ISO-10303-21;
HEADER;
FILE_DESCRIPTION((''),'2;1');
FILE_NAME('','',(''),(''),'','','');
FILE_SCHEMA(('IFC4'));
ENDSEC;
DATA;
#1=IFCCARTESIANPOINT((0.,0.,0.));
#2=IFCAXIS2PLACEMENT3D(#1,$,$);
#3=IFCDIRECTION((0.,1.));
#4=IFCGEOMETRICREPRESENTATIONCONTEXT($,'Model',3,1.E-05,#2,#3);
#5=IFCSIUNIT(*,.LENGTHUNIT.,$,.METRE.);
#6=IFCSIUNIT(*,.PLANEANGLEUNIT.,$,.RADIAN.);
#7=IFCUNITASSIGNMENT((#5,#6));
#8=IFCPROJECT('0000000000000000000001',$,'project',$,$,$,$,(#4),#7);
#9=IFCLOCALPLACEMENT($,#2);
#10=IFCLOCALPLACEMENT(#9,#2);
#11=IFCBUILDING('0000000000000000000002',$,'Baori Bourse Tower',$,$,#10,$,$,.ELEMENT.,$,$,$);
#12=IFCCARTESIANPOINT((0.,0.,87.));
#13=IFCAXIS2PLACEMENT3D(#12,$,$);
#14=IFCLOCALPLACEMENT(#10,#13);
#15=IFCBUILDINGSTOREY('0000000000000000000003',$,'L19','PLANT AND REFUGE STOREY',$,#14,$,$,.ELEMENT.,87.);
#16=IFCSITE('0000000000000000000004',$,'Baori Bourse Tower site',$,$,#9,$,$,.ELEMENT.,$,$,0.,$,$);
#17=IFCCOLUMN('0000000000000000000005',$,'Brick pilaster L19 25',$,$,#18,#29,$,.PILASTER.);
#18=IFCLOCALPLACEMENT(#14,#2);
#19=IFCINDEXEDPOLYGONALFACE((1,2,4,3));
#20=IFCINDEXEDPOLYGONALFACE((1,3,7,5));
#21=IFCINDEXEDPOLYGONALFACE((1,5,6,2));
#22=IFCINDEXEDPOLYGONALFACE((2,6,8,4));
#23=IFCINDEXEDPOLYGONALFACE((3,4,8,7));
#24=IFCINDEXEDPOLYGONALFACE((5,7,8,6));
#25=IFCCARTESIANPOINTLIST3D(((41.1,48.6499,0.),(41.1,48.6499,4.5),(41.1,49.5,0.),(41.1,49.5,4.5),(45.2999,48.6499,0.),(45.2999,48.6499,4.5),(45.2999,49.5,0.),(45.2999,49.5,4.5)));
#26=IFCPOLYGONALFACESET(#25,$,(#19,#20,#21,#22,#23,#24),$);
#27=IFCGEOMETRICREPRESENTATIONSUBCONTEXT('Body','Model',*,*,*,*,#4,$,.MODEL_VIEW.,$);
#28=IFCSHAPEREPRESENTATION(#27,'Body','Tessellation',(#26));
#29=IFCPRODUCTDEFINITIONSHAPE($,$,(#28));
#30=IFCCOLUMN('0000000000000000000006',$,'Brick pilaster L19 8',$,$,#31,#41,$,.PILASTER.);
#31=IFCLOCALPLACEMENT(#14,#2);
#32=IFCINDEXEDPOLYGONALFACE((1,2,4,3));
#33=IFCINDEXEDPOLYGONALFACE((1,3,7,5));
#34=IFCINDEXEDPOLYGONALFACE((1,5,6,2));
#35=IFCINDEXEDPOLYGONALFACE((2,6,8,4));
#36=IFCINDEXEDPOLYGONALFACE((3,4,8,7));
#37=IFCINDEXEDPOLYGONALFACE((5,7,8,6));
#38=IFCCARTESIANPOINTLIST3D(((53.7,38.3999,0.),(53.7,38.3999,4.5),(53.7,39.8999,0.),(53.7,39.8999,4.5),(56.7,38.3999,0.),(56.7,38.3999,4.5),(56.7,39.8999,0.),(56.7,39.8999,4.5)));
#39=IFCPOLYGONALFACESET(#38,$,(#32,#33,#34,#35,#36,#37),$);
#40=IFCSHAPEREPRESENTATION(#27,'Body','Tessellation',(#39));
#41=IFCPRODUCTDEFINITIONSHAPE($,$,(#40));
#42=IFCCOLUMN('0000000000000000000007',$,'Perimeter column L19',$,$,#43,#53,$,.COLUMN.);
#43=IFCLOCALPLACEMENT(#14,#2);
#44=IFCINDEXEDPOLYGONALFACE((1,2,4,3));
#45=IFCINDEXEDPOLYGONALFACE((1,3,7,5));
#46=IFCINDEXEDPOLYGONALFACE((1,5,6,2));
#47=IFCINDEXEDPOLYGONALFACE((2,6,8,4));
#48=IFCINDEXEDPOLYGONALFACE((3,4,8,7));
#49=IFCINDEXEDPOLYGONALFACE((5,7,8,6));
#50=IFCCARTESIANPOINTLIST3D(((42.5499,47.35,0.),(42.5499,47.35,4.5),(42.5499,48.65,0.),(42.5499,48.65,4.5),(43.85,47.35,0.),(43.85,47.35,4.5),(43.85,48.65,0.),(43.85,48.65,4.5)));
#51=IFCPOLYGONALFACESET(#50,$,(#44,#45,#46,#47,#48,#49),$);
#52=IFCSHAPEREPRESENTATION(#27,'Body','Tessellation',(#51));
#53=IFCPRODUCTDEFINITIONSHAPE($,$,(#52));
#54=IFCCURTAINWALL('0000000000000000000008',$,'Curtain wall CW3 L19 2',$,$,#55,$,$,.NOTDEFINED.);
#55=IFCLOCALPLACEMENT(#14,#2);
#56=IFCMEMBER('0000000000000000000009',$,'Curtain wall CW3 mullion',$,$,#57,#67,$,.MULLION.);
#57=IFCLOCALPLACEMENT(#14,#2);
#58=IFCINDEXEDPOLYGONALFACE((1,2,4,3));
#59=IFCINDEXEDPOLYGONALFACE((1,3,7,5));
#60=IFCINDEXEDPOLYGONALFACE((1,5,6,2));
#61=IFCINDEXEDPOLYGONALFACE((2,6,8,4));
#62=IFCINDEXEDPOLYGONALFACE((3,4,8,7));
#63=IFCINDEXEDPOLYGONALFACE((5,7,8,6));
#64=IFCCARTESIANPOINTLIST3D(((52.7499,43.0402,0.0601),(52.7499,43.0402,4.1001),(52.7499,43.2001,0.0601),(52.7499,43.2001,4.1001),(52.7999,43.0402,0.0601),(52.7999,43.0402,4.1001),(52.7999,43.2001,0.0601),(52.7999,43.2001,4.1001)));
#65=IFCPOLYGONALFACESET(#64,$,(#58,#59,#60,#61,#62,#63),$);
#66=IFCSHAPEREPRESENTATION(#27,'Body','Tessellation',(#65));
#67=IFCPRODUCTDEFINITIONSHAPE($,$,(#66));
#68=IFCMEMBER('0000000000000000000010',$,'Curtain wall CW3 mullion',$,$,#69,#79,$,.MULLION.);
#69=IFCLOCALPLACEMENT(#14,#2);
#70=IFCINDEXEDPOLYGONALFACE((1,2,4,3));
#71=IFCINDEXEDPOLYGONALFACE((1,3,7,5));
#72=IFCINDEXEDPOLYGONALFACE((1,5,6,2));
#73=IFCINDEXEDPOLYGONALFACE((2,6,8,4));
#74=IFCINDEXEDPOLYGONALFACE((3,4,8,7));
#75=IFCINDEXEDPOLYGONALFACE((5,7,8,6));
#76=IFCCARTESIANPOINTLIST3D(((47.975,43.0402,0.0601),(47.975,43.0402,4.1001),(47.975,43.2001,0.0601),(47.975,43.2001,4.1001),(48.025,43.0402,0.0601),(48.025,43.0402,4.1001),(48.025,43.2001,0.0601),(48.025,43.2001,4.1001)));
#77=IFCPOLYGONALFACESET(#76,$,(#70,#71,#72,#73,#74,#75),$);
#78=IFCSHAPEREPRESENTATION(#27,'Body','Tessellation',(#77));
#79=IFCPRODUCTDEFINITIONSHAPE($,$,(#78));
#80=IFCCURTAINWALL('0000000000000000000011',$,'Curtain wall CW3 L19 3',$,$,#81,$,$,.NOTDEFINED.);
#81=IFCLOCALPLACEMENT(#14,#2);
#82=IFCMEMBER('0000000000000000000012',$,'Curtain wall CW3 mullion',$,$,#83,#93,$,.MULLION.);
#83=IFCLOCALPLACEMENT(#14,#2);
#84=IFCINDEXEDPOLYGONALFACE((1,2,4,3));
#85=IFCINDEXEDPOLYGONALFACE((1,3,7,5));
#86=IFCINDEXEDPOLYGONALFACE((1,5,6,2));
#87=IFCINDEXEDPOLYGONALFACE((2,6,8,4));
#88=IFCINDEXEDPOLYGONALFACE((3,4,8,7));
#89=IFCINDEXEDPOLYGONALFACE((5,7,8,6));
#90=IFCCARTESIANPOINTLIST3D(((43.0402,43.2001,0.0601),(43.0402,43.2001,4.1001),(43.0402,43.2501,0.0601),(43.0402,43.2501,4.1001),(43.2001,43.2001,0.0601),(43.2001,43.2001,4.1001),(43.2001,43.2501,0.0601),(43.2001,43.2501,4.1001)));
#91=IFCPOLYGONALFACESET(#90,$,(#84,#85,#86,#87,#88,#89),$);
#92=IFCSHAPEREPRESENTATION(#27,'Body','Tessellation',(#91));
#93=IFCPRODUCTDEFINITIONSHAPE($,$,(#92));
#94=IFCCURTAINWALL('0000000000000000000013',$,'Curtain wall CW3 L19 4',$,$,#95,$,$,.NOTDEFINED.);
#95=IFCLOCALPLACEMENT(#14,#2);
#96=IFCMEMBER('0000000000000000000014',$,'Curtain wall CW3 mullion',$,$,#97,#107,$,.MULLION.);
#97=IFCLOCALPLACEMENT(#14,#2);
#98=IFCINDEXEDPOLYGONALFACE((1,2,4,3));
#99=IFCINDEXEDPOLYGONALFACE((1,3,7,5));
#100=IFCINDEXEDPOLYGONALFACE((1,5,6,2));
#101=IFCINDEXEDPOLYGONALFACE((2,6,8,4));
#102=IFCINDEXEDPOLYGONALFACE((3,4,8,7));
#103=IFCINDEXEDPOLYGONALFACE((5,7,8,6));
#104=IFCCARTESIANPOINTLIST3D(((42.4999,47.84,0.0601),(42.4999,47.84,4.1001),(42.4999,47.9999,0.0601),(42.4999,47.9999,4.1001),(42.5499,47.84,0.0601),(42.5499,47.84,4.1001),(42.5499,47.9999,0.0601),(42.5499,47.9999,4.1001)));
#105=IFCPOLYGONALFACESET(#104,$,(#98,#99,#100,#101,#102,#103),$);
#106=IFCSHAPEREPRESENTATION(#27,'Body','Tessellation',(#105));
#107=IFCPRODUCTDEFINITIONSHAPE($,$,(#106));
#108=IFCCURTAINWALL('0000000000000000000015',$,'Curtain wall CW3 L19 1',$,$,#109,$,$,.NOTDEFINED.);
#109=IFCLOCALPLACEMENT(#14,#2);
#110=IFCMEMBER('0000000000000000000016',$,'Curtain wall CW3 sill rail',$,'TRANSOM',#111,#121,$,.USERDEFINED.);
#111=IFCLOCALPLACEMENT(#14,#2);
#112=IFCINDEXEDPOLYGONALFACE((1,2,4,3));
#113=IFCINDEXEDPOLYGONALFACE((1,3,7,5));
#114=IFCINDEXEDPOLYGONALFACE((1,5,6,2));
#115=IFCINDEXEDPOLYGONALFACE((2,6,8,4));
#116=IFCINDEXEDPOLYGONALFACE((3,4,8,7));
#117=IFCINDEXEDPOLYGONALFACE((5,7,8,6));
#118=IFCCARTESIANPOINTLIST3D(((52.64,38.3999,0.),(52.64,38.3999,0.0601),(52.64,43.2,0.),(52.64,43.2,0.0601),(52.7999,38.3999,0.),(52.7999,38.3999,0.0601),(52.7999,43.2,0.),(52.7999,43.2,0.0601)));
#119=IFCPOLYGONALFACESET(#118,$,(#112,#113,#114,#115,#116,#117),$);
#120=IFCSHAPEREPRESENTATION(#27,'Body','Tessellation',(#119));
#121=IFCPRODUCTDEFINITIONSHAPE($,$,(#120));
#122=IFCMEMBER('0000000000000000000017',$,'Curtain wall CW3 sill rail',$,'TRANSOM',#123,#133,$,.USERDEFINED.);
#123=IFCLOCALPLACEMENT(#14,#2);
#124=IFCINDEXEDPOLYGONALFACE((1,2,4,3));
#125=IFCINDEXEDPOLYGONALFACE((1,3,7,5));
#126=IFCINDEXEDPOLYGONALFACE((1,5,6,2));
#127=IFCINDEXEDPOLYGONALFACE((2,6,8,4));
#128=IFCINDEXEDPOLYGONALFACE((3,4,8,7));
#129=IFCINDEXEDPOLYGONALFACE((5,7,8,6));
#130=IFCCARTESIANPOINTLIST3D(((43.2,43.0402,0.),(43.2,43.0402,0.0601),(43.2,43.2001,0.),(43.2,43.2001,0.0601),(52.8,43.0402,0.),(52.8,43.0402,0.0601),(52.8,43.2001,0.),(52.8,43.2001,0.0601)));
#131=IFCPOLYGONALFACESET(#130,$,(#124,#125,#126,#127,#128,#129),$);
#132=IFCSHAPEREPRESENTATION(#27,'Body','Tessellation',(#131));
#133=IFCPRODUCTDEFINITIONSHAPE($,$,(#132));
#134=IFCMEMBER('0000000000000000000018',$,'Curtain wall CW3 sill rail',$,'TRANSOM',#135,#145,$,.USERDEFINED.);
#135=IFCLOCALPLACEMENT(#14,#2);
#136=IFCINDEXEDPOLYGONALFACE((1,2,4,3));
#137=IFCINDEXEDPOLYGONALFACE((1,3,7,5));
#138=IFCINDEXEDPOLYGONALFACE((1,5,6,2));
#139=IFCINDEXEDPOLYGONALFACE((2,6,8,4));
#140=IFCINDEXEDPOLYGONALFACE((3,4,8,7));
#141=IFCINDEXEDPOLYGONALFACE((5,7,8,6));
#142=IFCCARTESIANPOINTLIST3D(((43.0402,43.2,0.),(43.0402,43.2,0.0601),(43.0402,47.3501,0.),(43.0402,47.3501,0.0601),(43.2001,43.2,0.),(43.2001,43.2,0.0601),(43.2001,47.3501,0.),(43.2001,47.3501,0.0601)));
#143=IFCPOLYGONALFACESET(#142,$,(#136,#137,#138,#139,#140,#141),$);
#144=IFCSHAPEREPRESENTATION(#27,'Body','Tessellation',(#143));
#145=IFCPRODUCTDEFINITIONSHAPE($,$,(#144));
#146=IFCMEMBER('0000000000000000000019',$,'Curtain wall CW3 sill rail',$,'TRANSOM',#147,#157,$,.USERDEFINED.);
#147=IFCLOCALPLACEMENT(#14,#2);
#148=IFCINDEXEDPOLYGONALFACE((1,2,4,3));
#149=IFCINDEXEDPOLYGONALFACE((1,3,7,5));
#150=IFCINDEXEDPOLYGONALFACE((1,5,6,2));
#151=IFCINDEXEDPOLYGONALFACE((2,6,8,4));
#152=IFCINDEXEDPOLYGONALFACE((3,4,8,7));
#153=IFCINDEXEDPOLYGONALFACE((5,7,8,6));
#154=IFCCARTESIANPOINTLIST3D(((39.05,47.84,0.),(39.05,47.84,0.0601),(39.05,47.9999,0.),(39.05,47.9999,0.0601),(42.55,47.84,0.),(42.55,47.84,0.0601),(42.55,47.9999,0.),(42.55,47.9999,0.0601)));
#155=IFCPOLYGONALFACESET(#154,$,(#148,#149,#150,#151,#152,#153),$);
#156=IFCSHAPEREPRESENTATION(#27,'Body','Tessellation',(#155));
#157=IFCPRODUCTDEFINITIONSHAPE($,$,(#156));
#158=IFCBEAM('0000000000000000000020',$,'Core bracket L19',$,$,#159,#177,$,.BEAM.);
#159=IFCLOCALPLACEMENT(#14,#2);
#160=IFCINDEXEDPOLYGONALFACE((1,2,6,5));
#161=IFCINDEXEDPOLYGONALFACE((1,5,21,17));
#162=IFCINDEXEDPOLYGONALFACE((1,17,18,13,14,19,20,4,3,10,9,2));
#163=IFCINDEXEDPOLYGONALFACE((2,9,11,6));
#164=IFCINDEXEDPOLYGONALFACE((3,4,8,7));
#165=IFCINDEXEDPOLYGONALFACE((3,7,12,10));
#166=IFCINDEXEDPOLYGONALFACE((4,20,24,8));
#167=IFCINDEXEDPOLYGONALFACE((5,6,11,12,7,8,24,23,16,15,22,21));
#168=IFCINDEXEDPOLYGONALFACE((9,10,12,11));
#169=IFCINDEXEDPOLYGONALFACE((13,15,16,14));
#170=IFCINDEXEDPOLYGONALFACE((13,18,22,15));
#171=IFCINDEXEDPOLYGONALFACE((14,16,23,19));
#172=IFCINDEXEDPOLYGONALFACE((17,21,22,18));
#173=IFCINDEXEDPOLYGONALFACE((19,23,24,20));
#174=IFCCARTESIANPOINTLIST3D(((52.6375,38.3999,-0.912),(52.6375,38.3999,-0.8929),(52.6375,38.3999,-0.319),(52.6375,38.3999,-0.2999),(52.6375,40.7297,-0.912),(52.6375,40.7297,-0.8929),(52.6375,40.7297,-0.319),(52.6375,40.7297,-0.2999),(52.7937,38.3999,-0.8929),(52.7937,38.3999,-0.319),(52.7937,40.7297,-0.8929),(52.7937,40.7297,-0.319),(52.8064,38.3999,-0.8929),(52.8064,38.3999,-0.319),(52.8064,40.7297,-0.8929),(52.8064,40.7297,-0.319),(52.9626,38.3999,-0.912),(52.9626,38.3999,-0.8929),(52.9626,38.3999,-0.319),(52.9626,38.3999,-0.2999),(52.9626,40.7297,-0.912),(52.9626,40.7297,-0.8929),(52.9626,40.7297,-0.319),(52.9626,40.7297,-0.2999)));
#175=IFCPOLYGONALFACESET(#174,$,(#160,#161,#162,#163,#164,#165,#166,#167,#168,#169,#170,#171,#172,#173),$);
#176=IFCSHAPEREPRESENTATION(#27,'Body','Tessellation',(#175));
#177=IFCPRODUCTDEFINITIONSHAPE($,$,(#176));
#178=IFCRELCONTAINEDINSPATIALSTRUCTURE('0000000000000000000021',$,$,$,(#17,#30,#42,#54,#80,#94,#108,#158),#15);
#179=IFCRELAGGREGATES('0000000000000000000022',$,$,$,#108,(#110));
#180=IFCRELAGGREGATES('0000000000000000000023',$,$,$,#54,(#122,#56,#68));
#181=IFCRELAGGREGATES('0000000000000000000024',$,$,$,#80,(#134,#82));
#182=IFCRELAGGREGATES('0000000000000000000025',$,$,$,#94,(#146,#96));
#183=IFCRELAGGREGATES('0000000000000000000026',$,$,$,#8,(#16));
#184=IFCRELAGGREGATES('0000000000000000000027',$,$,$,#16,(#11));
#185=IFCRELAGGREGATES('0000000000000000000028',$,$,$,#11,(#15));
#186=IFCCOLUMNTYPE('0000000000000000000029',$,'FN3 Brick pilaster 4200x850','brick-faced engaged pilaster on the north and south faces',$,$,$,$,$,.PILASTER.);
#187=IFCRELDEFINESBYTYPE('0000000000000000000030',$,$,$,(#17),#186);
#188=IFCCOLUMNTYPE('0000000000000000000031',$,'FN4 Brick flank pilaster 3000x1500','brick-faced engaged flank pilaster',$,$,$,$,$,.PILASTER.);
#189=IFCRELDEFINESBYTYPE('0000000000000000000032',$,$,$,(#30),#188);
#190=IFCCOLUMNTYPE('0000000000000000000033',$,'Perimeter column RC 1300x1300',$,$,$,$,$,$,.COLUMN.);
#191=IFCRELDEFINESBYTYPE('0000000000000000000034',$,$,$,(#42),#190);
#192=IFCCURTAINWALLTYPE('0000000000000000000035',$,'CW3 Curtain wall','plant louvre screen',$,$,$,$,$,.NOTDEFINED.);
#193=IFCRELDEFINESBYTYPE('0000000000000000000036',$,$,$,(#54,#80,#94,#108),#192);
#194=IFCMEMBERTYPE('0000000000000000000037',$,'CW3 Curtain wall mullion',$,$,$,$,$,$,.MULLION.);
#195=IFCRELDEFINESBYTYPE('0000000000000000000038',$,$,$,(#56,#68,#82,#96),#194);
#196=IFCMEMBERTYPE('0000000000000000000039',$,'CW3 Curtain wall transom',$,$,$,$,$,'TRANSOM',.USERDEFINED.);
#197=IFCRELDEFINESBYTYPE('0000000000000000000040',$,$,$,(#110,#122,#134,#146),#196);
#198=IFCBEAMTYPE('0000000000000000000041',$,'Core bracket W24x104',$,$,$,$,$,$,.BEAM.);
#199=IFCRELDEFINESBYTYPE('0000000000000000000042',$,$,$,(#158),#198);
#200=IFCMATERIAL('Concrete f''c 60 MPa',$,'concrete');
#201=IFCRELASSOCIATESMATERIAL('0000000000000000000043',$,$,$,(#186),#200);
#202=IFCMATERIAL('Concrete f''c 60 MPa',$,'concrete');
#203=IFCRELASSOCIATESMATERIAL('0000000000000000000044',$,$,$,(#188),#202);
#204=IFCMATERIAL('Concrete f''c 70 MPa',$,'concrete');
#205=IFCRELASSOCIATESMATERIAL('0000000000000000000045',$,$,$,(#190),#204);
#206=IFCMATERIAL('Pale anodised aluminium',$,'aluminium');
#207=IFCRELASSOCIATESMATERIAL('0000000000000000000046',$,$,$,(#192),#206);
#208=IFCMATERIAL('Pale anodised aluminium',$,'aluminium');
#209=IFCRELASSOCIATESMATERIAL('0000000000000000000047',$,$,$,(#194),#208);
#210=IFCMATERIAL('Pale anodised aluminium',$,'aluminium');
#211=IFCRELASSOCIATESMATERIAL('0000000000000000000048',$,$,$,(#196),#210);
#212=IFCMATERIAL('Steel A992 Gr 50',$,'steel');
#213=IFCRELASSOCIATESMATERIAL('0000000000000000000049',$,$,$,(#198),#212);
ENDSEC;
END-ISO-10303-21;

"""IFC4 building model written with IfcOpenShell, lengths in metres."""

from ifc_helpers import new_model, si_unit, direction, frame, origin, origin_2d, place, context, subcontext, project, spatial, rectangle, i_section, extrude, material, material_profile, profile_set, type_object, element, aggregate, save


model = new_model("IFC4")

# Units and contexts
model_context = context("Model", 3, precision=1e-05, world=origin(), true_north=direction((0.0, 1.0)))
body_context = subcontext(model_context, "Body", "Model", "MODEL_VIEW")
ifc_project = project(units=[si_unit("LENGTHUNIT", "METRE"), si_unit("PLANEANGLEUNIT", "RADIAN")], contexts=[model_context])

# Site, building, storey
site_placement = place(None, origin())
site = spatial("IfcSite", under=ifc_project, at=site_placement, Name="Baori Bourse Tower site", CompositionType="ELEMENT", RefElevation=0.0)
building_placement = place(site_placement, origin())
building = spatial("IfcBuilding", under=site, at=building_placement, Name="Baori Bourse Tower", CompositionType="ELEMENT")
storey_placement = place(building_placement, frame((0.0, 0.0, 87.0)))
storey = spatial("IfcBuildingStorey", under=building, at=storey_placement, Name="L19", Description="PLANT AND REFUGE STOREY", CompositionType="ELEMENT", Elevation=87.0)

# Columns
ifc_material_1 = material(Name="Concrete f'c 60 MPa", Category="concrete")
ifc_material_profile_1 = material_profile(ifc_material_1, rectangle(XDim=4.2, YDim=0.8501, at=origin_2d()), Name="RC 4200x850")
ifc_profile_set_1 = profile_set([ifc_material_profile_1], Name="Concrete f'c 60 MPa")
column_type_1 = type_object("IfcColumnType", Name="FN3 Brick pilaster 4200x850", Description="brick-faced engaged pilaster on the north and south faces", PredefinedType="PILASTER", material=ifc_profile_set_1)
column_1_placement = place(storey_placement, frame((43.2, 49.075, 0.0), z_axis=(0.0, 0.0, 1.0), x_axis=(1.0, 0.0, 0.0)))
element("IfcColumn", 1, at=column_1_placement, inside=storey, type_object=column_type_1, Name="Brick pilaster L19 25", PredefinedType="PILASTER", context=body_context, shape_type="SweptSolid", body=[
    extrude(rectangle(XDim=4.2, YDim=0.8501, at=origin_2d()), origin(), (0.0, 0.0, 1.0), 4.5),
])
ifc_material_2 = material(Name="Concrete f'c 60 MPa", Category="concrete")
ifc_material_profile_2 = material_profile(ifc_material_2, rectangle(XDim=3.0, YDim=1.5, at=origin_2d()), Name="RC 3000x1500")
ifc_profile_set_2 = profile_set([ifc_material_profile_2], Name="Concrete f'c 60 MPa")
column_type_2 = type_object("IfcColumnType", Name="FN4 Brick flank pilaster 3000x1500", Description="brick-faced engaged flank pilaster", PredefinedType="PILASTER", material=ifc_profile_set_2)
column_2_placement = place(storey_placement, frame((55.2, 39.1499, 0.0), z_axis=(0.0, 0.0, 1.0), x_axis=(1.0, 0.0, 0.0)))
element("IfcColumn", 2, at=column_2_placement, inside=storey, type_object=column_type_2, Name="Brick pilaster L19 8", PredefinedType="PILASTER", context=body_context, shape_type="SweptSolid", body=[
    extrude(rectangle(XDim=3.0, YDim=1.5, at=origin_2d()), origin(), (0.0, 0.0, 1.0), 4.5),
])
ifc_material_3 = material(Name="Concrete f'c 70 MPa", Category="concrete")
ifc_material_profile_3 = material_profile(ifc_material_3, rectangle(XDim=1.3, YDim=1.3, at=origin_2d()), Name="RC 1300x1300")
ifc_profile_set_3 = profile_set([ifc_material_profile_3], Name="Concrete f'c 70 MPa")
column_type_3 = type_object("IfcColumnType", Name="Perimeter column RC 1300x1300", PredefinedType="COLUMN", material=ifc_profile_set_3)
column_3_placement = place(storey_placement, frame((43.2, 48.0, 0.0), z_axis=(0.0, 0.0, 1.0), x_axis=(1.0, 0.0, 0.0)))
element("IfcColumn", 3, at=column_3_placement, inside=storey, type_object=column_type_3, Name="Perimeter column L19", PredefinedType="COLUMN", context=body_context, shape_type="SweptSolid", body=[
    extrude(rectangle(XDim=1.3, YDim=1.3, at=origin_2d()), origin(), (0.0, 0.0, 1.0), 4.5),
])

# Curtain wall, members
ifc_material_4 = material(Name="Pale anodised aluminium", Category="aluminium")
curtain_wall_type = type_object("IfcCurtainWallType", Name="CW3 Curtain wall", Description="plant louvre screen", PredefinedType="NOTDEFINED", material=ifc_material_4)
curtain_wall_1_placement = place(storey_placement, origin())
curtain_wall_1 = element("IfcCurtainWall", 4, at=curtain_wall_1_placement, inside=storey, type_object=curtain_wall_type, Name="Curtain wall CW3 L19 2", PredefinedType="NOTDEFINED")
ifc_material_5 = material(Name="Pale anodised aluminium", Category="aluminium")
ifc_material_profile_4 = material_profile(ifc_material_5, rectangle(XDim=0.1599, YDim=0.05, at=origin_2d()), Name="Mullion 50x160")
ifc_profile_set_4 = profile_set([ifc_material_profile_4], Name="Pale anodised aluminium")
member_type_1 = type_object("IfcMemberType", Name="CW3 Curtain wall mullion", PredefinedType="MULLION", material=ifc_profile_set_4)
member_1_placement = place(storey_placement, frame((52.7749, 43.1201, 0.0601), z_axis=(0.0, 0.0, 1.0), x_axis=(0.0, -1.0, 0.0)))
member_1 = element("IfcMember", 5, at=member_1_placement, type_object=member_type_1, Name="Curtain wall CW3 mullion", PredefinedType="MULLION", context=body_context, shape_type="SweptSolid", body=[
    extrude(rectangle(XDim=0.1599, YDim=0.05, at=origin_2d()), origin(), (0.0, 0.0, 1.0), 4.04),
])
member_2_placement = place(storey_placement, frame((48.0, 43.1201, 0.0601), z_axis=(0.0, 0.0, 1.0), x_axis=(0.0, -1.0, 0.0)))
member_2 = element("IfcMember", 6, at=member_2_placement, type_object=member_type_1, Name="Curtain wall CW3 mullion", PredefinedType="MULLION", context=body_context, shape_type="SweptSolid", body=[
    extrude(rectangle(XDim=0.1599, YDim=0.05, at=origin_2d()), origin(), (0.0, 0.0, 1.0), 4.04),
])

# Curtain walls, members
curtain_wall_2_placement = place(storey_placement, origin())
curtain_wall_2 = element("IfcCurtainWall", 7, at=curtain_wall_2_placement, inside=storey, type_object=curtain_wall_type, Name="Curtain wall CW3 L19 3", PredefinedType="NOTDEFINED")
member_3_placement = place(storey_placement, frame((43.1201, 43.2251, 0.0601), z_axis=(0.0, 0.0, 1.0), x_axis=(-1.0, 0.0, 0.0)))
member_3 = element("IfcMember", 8, at=member_3_placement, type_object=member_type_1, Name="Curtain wall CW3 mullion", PredefinedType="MULLION", context=body_context, shape_type="SweptSolid", body=[
    extrude(rectangle(XDim=0.1599, YDim=0.05, at=origin_2d()), origin(), (0.0, 0.0, 1.0), 4.04),
])
curtain_wall_3_placement = place(storey_placement, origin())
curtain_wall_3 = element("IfcCurtainWall", 9, at=curtain_wall_3_placement, inside=storey, type_object=curtain_wall_type, Name="Curtain wall CW3 L19 4", PredefinedType="NOTDEFINED")
member_4_placement = place(storey_placement, frame((42.5249, 47.9199, 0.0601), z_axis=(0.0, 0.0, 1.0), x_axis=(0.0, -1.0, 0.0)))
member_4 = element("IfcMember", 10, at=member_4_placement, type_object=member_type_1, Name="Curtain wall CW3 mullion", PredefinedType="MULLION", context=body_context, shape_type="SweptSolid", body=[
    extrude(rectangle(XDim=0.1599, YDim=0.05, at=origin_2d()), origin(), (0.0, 0.0, 1.0), 4.04),
])
curtain_wall_4_placement = place(storey_placement, origin())
curtain_wall_4 = element("IfcCurtainWall", 11, at=curtain_wall_4_placement, inside=storey, type_object=curtain_wall_type, Name="Curtain wall CW3 L19 1", PredefinedType="NOTDEFINED")
ifc_material_6 = material(Name="Pale anodised aluminium", Category="aluminium")
ifc_material_profile_5 = material_profile(ifc_material_6, rectangle(XDim=0.1599, YDim=0.0601, at=origin_2d()), Name="Transom 60x160")
ifc_profile_set_5 = profile_set([ifc_material_profile_5], Name="Pale anodised aluminium")
member_type_2 = type_object("IfcMemberType", Name="CW3 Curtain wall transom", ElementType="TRANSOM", PredefinedType="USERDEFINED", material=ifc_profile_set_5)
member_5_placement = place(storey_placement, frame((52.72, 38.3999, 0.03), z_axis=(0.0, 1.0, 0.0), x_axis=(-1.0, 0.0, 0.0)))
member_5 = element("IfcMember", 12, at=member_5_placement, type_object=member_type_2, Name="Curtain wall CW3 sill rail", ObjectType="TRANSOM", PredefinedType="USERDEFINED", context=body_context, shape_type="SweptSolid", body=[
    extrude(rectangle(XDim=0.1599, YDim=0.0601, at=origin_2d()), origin(), (0.0, 0.0, 1.0), 4.8),
])

# Members
member_6_placement = place(storey_placement, frame((52.8, 43.1201, 0.03), z_axis=(-1.0, 0.0, 0.0), x_axis=(0.0, -1.0, 0.0)))
member_6 = element("IfcMember", 13, at=member_6_placement, type_object=member_type_2, Name="Curtain wall CW3 sill rail", ObjectType="TRANSOM", PredefinedType="USERDEFINED", context=body_context, shape_type="SweptSolid", body=[
    extrude(rectangle(XDim=0.1599, YDim=0.0601, at=origin_2d()), origin(), (0.0, 0.0, 1.0), 9.6001),
])
member_7_placement = place(storey_placement, frame((43.1201, 43.2, 0.03), z_axis=(0.0, 1.0, 0.0), x_axis=(-1.0, 0.0, 0.0)))
member_7 = element("IfcMember", 14, at=member_7_placement, type_object=member_type_2, Name="Curtain wall CW3 sill rail", ObjectType="TRANSOM", PredefinedType="USERDEFINED", context=body_context, shape_type="SweptSolid", body=[
    extrude(rectangle(XDim=0.1599, YDim=0.0601, at=origin_2d()), origin(), (0.0, 0.0, 1.0), 4.1501),
])
member_8_placement = place(storey_placement, frame((42.55, 47.9199, 0.03), z_axis=(-1.0, 0.0, 0.0), x_axis=(0.0, -1.0, 0.0)))
member_8 = element("IfcMember", 15, at=member_8_placement, type_object=member_type_2, Name="Curtain wall CW3 sill rail", ObjectType="TRANSOM", PredefinedType="USERDEFINED", context=body_context, shape_type="SweptSolid", body=[
    extrude(rectangle(XDim=0.1599, YDim=0.0601, at=origin_2d()), origin(), (0.0, 0.0, 1.0), 3.5),
])

# Beam
ifc_material_7 = material(Name="Steel A992 Gr 50", Category="steel")
ifc_material_profile_6 = material_profile(ifc_material_7, i_section(OverallWidth=0.3252, OverallDepth=0.6121, WebThickness=0.0127, FlangeThickness=0.019, at=origin_2d()), Name="W24x104")
ifc_profile_set_6 = profile_set([ifc_material_profile_6], Name="Steel A992 Gr 50")
beam_type_1 = type_object("IfcBeamType", Name="Core bracket W24x104", PredefinedType="BEAM", material=ifc_profile_set_6)
beam_1_placement = place(storey_placement, frame((52.8, 38.3999, -0.606), z_axis=(0.0, 1.0, 0.0), x_axis=(-1.0, 0.0, 0.0)))
element("IfcBeam", 16, at=beam_1_placement, inside=storey, type_object=beam_type_1, Name="Core bracket L19", PredefinedType="BEAM", context=body_context, shape_type="SweptSolid", body=[
    extrude(i_section(OverallWidth=0.3252, OverallDepth=0.6121, WebThickness=0.0127, FlangeThickness=0.019, at=origin_2d()), origin(), (0.0, 0.0, 1.0), 2.3298),
])

aggregate(curtain_wall_4, [member_5])
aggregate(curtain_wall_1, [member_6, member_1, member_2])
aggregate(curtain_wall_2, [member_7, member_3])
aggregate(curtain_wall_3, [member_8, member_4])

save(model, "model.ifc")
